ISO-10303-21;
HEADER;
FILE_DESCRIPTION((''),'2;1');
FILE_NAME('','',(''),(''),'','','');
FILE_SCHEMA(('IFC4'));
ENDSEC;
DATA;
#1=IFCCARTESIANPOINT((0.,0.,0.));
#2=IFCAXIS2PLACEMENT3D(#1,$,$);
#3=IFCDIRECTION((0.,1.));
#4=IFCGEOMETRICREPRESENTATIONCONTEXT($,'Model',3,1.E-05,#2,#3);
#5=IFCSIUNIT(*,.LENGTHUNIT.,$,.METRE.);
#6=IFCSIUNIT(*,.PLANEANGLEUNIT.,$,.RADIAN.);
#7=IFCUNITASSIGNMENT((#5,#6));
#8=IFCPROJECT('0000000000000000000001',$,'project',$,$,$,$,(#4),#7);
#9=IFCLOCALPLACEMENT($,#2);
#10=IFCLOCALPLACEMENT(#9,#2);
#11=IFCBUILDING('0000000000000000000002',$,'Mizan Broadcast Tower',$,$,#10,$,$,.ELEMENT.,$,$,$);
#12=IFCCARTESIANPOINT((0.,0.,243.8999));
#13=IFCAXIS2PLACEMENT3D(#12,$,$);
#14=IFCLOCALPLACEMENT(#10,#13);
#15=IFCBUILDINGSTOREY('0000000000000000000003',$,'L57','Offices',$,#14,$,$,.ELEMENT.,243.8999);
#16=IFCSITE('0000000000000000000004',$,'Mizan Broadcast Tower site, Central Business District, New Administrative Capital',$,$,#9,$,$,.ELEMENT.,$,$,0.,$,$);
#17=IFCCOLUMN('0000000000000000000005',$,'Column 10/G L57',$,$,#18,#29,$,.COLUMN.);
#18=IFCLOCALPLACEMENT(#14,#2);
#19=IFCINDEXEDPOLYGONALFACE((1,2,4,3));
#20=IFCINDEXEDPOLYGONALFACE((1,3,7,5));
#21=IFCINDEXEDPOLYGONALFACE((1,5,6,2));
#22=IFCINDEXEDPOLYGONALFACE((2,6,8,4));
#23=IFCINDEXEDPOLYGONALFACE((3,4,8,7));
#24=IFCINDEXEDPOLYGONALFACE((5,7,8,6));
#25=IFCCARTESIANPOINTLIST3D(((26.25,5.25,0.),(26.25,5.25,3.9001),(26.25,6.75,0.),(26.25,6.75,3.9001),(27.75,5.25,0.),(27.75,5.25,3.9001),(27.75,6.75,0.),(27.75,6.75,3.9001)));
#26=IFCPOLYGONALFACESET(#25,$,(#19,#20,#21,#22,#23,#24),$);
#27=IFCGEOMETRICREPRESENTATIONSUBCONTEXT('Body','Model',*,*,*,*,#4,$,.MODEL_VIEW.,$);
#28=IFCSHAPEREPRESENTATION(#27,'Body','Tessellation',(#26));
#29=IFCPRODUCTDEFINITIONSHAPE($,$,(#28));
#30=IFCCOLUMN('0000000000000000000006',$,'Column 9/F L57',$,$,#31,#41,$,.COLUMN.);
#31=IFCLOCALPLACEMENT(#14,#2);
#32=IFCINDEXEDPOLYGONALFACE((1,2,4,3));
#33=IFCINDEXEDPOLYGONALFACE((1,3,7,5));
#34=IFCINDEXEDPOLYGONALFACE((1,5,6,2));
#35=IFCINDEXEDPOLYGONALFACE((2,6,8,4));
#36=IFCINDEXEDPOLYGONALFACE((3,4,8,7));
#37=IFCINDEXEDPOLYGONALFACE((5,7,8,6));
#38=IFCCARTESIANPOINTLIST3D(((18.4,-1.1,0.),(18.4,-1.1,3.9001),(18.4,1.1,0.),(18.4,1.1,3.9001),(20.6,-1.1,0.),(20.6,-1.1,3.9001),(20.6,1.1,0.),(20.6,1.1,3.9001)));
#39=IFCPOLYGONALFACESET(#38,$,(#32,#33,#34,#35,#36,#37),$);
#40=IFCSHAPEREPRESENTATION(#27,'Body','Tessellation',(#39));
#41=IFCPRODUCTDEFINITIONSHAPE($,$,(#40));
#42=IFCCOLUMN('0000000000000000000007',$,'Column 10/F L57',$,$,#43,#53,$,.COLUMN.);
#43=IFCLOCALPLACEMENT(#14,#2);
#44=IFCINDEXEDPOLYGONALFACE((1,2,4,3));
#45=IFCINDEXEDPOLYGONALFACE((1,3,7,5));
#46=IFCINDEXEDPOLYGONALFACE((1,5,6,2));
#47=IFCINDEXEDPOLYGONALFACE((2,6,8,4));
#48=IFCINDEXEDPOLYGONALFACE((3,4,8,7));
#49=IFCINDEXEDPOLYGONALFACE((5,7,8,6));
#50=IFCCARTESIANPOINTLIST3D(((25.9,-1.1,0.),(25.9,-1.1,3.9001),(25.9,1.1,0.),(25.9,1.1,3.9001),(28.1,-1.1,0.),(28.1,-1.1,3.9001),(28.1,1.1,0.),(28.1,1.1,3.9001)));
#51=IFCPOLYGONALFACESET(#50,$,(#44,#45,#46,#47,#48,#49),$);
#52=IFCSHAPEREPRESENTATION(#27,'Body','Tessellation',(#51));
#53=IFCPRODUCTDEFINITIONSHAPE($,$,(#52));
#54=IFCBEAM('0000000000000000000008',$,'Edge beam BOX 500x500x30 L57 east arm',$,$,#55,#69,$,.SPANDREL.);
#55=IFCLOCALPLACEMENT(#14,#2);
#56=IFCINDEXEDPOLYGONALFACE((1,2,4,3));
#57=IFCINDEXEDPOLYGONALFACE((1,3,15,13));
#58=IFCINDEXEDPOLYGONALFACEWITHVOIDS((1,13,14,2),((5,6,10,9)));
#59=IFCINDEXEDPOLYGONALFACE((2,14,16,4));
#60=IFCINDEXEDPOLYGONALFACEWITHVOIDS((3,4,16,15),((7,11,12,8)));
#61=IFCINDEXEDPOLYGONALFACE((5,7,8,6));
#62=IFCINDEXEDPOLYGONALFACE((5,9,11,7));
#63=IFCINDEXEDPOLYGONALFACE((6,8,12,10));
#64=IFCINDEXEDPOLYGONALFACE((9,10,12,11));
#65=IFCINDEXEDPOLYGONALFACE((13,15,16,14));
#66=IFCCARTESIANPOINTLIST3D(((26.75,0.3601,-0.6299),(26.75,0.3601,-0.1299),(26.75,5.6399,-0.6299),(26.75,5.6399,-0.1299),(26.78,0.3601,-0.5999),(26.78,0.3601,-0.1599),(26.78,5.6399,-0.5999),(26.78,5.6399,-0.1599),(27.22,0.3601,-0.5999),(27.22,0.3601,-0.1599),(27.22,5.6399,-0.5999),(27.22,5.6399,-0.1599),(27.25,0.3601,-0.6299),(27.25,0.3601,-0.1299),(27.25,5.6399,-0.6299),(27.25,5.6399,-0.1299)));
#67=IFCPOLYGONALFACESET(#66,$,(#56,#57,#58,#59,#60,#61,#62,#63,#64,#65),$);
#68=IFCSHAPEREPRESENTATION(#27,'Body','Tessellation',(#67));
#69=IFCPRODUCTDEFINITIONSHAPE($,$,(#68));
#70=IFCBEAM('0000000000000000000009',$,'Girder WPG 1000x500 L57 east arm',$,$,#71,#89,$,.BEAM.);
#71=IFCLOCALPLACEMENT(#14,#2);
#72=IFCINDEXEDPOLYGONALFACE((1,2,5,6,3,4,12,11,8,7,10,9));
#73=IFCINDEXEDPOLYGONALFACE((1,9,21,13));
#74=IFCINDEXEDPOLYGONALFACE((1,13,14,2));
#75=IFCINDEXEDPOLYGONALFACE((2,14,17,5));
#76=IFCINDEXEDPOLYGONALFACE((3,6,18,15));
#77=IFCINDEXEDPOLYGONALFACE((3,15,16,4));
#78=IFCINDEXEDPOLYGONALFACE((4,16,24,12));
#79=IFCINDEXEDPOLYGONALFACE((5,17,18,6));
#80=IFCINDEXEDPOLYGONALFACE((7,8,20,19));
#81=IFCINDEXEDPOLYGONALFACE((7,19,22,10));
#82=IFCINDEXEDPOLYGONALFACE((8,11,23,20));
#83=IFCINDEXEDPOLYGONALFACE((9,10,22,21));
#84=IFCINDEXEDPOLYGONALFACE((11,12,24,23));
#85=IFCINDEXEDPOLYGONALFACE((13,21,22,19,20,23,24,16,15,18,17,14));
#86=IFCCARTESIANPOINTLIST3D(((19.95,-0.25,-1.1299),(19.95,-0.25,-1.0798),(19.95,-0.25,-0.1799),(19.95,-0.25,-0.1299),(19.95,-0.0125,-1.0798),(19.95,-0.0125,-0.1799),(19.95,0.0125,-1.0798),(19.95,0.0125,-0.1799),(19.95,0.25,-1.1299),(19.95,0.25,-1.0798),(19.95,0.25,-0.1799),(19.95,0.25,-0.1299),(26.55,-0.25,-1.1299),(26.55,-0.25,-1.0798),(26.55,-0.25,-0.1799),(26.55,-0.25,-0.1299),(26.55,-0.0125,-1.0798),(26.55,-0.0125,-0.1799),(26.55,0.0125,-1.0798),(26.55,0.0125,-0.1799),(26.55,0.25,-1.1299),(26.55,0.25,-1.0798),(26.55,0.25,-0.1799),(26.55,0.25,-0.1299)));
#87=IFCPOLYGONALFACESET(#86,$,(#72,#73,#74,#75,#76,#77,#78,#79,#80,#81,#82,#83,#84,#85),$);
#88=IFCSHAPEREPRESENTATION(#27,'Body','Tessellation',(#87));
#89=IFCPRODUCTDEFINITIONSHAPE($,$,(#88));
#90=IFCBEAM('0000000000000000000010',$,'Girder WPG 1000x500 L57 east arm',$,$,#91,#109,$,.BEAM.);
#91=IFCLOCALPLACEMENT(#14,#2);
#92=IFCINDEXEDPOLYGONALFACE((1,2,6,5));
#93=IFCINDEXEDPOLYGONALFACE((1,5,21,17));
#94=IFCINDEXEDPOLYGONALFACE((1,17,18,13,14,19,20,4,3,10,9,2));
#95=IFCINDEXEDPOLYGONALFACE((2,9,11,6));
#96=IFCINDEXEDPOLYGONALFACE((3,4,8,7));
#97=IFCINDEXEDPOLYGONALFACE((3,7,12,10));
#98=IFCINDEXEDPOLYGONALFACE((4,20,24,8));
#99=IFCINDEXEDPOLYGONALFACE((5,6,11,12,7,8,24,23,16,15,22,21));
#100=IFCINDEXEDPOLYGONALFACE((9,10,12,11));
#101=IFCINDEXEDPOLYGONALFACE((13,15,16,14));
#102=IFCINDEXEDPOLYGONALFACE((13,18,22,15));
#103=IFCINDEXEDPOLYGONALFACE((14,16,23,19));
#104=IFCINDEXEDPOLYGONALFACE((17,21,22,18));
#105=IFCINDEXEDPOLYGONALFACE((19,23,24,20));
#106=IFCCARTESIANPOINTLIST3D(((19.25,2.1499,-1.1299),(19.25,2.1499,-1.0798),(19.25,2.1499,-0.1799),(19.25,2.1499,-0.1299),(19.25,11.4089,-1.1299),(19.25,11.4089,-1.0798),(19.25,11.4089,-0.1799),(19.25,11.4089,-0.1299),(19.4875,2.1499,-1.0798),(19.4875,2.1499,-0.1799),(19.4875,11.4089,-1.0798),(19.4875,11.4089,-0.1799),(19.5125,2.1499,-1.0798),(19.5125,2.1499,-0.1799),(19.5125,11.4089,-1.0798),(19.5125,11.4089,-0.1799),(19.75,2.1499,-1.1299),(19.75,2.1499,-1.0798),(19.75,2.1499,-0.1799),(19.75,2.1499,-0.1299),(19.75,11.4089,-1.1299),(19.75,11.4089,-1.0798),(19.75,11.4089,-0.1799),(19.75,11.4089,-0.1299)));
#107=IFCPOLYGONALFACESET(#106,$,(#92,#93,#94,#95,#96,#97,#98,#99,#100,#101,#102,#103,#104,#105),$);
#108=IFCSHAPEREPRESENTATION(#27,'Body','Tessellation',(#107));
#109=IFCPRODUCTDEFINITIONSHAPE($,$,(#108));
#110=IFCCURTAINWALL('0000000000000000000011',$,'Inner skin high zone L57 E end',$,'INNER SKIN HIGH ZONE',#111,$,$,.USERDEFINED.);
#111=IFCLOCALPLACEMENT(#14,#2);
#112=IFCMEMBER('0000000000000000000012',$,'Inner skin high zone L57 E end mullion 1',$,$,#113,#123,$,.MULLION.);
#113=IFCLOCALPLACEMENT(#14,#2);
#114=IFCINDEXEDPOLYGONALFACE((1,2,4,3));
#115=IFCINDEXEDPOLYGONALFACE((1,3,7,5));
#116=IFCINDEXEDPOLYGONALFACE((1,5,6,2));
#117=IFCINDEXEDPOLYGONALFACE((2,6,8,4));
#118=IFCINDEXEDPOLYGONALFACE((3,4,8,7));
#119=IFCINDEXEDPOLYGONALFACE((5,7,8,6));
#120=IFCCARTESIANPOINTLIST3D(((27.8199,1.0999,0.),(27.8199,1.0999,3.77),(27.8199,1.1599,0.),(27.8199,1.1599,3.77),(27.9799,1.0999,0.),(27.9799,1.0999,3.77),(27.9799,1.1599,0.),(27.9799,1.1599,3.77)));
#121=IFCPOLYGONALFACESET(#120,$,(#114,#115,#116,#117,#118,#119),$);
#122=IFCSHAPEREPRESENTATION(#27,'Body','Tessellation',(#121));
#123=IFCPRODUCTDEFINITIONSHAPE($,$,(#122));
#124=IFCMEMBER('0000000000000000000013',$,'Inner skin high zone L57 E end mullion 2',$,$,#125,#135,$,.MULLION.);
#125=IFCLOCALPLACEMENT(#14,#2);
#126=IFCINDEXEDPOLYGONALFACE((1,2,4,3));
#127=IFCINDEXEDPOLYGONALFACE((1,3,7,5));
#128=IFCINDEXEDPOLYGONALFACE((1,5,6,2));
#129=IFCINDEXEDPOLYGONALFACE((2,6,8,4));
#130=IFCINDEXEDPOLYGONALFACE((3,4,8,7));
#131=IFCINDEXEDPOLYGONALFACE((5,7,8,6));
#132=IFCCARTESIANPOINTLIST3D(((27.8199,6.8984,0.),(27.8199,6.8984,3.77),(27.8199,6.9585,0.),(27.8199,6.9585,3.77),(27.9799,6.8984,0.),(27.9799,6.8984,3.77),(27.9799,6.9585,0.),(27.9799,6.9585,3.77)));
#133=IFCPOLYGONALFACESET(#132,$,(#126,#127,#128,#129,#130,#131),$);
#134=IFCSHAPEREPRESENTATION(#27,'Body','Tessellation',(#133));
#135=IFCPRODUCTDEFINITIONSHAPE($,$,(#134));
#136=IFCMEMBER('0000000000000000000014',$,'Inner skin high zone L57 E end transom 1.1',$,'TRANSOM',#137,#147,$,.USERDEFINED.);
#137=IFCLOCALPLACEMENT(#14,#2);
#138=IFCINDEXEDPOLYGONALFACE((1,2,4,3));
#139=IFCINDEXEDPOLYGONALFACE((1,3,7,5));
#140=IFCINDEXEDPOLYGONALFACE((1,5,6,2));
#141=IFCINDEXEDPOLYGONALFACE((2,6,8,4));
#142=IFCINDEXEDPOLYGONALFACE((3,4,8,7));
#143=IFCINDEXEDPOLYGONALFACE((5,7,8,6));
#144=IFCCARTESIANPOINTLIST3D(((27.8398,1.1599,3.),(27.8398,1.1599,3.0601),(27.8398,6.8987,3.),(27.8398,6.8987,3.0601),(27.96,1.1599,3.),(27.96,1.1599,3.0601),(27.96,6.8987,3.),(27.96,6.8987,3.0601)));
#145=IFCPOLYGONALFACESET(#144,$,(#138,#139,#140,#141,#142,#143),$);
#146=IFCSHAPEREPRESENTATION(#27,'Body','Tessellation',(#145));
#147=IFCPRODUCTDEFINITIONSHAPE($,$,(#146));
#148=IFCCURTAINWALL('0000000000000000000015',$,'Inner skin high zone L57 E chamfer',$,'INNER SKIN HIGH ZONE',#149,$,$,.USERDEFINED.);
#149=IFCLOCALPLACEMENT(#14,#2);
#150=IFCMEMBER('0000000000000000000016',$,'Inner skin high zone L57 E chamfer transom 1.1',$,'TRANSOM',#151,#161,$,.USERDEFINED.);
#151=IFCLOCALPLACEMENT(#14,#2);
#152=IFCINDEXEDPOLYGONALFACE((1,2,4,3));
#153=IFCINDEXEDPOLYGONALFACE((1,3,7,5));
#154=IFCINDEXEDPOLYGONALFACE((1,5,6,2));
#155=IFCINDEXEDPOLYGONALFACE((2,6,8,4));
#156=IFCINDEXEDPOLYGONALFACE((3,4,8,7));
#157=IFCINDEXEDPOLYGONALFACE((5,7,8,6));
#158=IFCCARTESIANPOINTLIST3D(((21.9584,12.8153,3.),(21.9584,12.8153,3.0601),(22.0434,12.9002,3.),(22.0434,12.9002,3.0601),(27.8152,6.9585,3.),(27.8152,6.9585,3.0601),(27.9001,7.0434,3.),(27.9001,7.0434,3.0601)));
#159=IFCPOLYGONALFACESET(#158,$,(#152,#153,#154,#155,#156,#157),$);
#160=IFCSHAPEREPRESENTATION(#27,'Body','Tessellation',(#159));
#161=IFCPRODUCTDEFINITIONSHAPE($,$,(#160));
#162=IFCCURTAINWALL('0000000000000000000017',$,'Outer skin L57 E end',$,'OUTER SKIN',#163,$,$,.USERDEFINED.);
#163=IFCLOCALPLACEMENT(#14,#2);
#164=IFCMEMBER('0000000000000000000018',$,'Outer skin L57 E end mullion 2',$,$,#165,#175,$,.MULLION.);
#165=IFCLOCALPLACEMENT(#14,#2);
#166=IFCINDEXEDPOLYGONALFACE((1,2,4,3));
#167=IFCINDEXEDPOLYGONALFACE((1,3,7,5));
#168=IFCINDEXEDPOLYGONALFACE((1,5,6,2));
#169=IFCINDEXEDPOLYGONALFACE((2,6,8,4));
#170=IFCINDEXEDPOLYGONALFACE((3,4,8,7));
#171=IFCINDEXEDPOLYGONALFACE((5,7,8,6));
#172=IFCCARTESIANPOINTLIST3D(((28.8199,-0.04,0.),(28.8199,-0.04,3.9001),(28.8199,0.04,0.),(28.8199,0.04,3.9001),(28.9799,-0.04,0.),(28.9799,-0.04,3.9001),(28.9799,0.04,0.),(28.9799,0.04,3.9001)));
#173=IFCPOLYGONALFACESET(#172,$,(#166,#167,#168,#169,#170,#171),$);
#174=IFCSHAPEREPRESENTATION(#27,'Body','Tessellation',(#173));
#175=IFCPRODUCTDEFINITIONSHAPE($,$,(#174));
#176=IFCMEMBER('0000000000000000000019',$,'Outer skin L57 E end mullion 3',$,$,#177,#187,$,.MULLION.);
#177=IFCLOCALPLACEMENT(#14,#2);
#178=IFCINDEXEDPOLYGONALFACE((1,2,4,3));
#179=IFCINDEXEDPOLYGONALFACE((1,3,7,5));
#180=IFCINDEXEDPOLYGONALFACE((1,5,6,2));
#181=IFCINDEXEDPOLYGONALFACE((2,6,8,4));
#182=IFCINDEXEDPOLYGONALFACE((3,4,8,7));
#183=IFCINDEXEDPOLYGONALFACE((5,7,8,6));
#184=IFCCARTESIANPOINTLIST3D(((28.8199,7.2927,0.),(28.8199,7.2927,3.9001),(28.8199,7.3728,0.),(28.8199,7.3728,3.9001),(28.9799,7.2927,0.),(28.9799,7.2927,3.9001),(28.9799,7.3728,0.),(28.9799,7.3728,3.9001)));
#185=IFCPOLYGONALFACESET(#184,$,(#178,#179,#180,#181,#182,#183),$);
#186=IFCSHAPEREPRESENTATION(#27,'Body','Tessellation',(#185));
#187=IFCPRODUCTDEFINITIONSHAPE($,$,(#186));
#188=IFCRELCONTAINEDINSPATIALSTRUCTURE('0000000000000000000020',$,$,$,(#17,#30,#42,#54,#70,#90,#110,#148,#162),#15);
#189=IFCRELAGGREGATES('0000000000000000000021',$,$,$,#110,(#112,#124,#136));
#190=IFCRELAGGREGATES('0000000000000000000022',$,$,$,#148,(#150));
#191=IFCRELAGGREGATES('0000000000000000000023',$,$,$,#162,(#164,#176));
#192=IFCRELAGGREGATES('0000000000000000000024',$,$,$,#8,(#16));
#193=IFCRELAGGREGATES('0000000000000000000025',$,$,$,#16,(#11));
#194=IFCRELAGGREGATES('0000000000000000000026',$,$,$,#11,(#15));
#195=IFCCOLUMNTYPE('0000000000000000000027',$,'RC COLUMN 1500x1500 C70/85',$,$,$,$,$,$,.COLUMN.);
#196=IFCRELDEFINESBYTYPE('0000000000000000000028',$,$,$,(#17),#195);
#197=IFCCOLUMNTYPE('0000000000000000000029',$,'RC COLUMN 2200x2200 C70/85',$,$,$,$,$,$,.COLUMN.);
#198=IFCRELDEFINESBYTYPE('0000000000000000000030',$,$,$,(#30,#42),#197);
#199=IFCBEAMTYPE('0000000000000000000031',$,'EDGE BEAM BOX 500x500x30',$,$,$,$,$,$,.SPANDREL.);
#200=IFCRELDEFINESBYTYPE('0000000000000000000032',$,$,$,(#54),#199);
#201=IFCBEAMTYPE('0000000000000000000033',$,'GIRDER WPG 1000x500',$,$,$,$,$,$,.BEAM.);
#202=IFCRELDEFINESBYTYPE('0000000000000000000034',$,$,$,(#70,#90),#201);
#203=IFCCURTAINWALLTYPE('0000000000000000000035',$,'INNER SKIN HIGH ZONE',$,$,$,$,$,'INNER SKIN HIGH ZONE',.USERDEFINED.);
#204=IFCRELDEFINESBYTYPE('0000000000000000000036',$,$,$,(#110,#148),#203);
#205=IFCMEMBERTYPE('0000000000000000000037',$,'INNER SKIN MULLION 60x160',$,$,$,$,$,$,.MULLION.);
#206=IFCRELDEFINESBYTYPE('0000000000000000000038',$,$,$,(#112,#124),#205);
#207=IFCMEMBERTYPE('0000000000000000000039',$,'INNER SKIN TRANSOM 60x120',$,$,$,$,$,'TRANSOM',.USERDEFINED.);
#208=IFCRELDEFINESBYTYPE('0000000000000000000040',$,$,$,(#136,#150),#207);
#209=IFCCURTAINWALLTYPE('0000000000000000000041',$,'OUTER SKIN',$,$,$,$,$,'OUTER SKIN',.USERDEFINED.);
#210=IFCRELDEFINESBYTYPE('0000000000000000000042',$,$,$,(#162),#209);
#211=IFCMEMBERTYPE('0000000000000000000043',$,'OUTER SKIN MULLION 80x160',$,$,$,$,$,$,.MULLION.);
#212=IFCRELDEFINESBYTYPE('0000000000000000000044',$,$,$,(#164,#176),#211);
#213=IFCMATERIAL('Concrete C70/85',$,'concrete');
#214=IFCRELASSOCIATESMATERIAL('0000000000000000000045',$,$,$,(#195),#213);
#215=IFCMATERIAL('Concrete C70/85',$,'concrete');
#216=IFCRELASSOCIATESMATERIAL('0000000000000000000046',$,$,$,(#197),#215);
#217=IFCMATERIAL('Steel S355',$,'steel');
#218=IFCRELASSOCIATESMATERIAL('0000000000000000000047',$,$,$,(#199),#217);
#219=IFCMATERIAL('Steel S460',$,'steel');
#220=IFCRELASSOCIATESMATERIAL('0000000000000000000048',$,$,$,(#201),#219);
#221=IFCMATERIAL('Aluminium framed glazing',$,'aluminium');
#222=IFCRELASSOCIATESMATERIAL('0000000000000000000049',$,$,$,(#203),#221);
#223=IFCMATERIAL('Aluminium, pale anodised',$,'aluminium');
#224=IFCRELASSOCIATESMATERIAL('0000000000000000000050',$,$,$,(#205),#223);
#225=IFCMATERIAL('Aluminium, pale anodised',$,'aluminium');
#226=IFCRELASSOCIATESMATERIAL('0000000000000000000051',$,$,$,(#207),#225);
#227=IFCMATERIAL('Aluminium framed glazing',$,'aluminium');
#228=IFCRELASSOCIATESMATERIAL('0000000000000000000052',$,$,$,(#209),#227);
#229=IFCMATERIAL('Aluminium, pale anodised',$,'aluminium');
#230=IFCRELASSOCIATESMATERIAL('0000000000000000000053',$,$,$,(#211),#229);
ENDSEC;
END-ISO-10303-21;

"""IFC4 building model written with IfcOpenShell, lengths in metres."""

from ifc_helpers import new_model, si_unit, direction, frame, origin, origin_2d, place, context, subcontext, project, spatial, rectangle, hollow_rectangle, i_section, extrude, material, material_profile, profile_set, type_object, element, aggregate, save


model = new_model("IFC4")

# Units and contexts
model_context = context("Model", 3, precision=1e-05, world=origin(), true_north=direction((0.0, 1.0)))
body_context = subcontext(model_context, "Body", "Model", "MODEL_VIEW")
ifc_project = project(units=[si_unit("LENGTHUNIT", "METRE"), si_unit("PLANEANGLEUNIT", "RADIAN")], contexts=[model_context])

# Site, building, storey
site_placement = place(None, origin())
site = spatial("IfcSite", under=ifc_project, at=site_placement, Name="Mizan Broadcast Tower site, Central Business District, New Administrative Capital", CompositionType="ELEMENT", RefElevation=0.0)
building_placement = place(site_placement, origin())
building = spatial("IfcBuilding", under=site, at=building_placement, Name="Mizan Broadcast Tower", CompositionType="ELEMENT")
storey_placement = place(building_placement, frame((0.0, 0.0, 243.8999)))
storey = spatial("IfcBuildingStorey", under=building, at=storey_placement, Name="L57", Description="Offices", CompositionType="ELEMENT", Elevation=243.8999)

# Columns
ifc_material_1 = material(Name="Concrete C70/85", Category="concrete")
ifc_material_profile_1 = material_profile(ifc_material_1, rectangle(XDim=1.5, YDim=1.5, at=origin_2d()), Name="RC 1500x1500")
ifc_profile_set_1 = profile_set([ifc_material_profile_1], Name="Concrete C70/85")
column_type_1 = type_object("IfcColumnType", Name="RC COLUMN 1500x1500 C70/85", PredefinedType="COLUMN", material=ifc_profile_set_1)
column_placement = place(storey_placement, frame((27.0, 6.0, 0.0), z_axis=(0.0, 0.0, 1.0), x_axis=(1.0, 0.0, 0.0)))
element("IfcColumn", 1, at=column_placement, inside=storey, type_object=column_type_1, Name="Column 10/G L57", PredefinedType="COLUMN", context=body_context, shape_type="SweptSolid", body=[
    extrude(rectangle(XDim=1.5, YDim=1.5, at=origin_2d()), origin(), (0.0, 0.0, 1.0), 3.9001),
])
ifc_material_2 = material(Name="Concrete C70/85", Category="concrete")
ifc_material_profile_2 = material_profile(ifc_material_2, rectangle(XDim=2.2, YDim=2.2, at=origin_2d()), Name="RC 2200x2200")
ifc_profile_set_2 = profile_set([ifc_material_profile_2], Name="Concrete C70/85")
column_type_2 = type_object("IfcColumnType", Name="RC COLUMN 2200x2200 C70/85", PredefinedType="COLUMN", material=ifc_profile_set_2)
for number, where, z_axis, x_axis, name in (
    (2, (19.5, 0.0, 0.0), (0.0, 0.0, 1.0), (1.0, 0.0, 0.0), "Column 9/F L57"),
    (3, (27.0, 0.0, 0.0), (0.0, 0.0, 1.0), (1.0, 0.0, 0.0), "Column 10/F L57"),
):
    element("IfcColumn", number, at=place(storey_placement, frame(where, z_axis=z_axis, x_axis=x_axis)), inside=storey, type_object=column_type_2, Name=name, PredefinedType="COLUMN", context=body_context, shape_type="SweptSolid", body=[
        extrude(rectangle(XDim=2.2, YDim=2.2, at=origin_2d()), origin(), (0.0, 0.0, 1.0), 3.9001),
    ])

# Beams
ifc_material_3 = material(Name="Steel S355", Category="steel")
ifc_material_profile_3 = material_profile(ifc_material_3, hollow_rectangle(XDim=0.5, YDim=0.5, WallThickness=0.03, at=origin_2d()), Name="BOX 500x500x30")
ifc_profile_set_3 = profile_set([ifc_material_profile_3], Name="Steel S355")
beam_type_1 = type_object("IfcBeamType", Name="EDGE BEAM BOX 500x500x30", PredefinedType="SPANDREL", material=ifc_profile_set_3)
beam_1_placement = place(storey_placement, frame((27.0, 5.6399, -0.3799), z_axis=(0.0, -1.0, 0.0), x_axis=(1.0, 0.0, 0.0)))
element("IfcBeam", 4, at=beam_1_placement, inside=storey, type_object=beam_type_1, Name="Edge beam BOX 500x500x30 L57 east arm", PredefinedType="SPANDREL", context=body_context, shape_type="SweptSolid", body=[
    extrude(hollow_rectangle(XDim=0.5, YDim=0.5, WallThickness=0.03, at=origin_2d()), origin(), (0.0, 0.0, 1.0), 5.2798),
])
ifc_material_4 = material(Name="Steel S460", Category="steel")
ifc_material_profile_4 = material_profile(ifc_material_4, i_section(OverallWidth=0.5, OverallDepth=1.0, WebThickness=0.0249, FlangeThickness=0.05, at=origin_2d()), Name="WPG 1000x500")
ifc_profile_set_4 = profile_set([ifc_material_profile_4], Name="Steel S460")
beam_type_2 = type_object("IfcBeamType", Name="GIRDER WPG 1000x500", PredefinedType="BEAM", material=ifc_profile_set_4)
beam_2_placement = place(storey_placement, frame((19.95, 0.0, -0.6299), z_axis=(1.0, 0.0, 0.0), x_axis=(0.0, 1.0, 0.0)))
element("IfcBeam", 5, at=beam_2_placement, inside=storey, type_object=beam_type_2, Name="Girder WPG 1000x500 L57 east arm", PredefinedType="BEAM", context=body_context, shape_type="SweptSolid", body=[
    extrude(i_section(OverallWidth=0.5, OverallDepth=1.0, WebThickness=0.0249, FlangeThickness=0.05, at=origin_2d()), origin(), (0.0, 0.0, 1.0), 6.6001),
])
beam_3_placement = place(storey_placement, frame((19.5, 11.4089, -0.6299), z_axis=(0.0, -1.0, 0.0), x_axis=(1.0, 0.0, 0.0)))
element("IfcBeam", 6, at=beam_3_placement, inside=storey, type_object=beam_type_2, Name="Girder WPG 1000x500 L57 east arm", PredefinedType="BEAM", context=body_context, shape_type="SweptSolid", body=[
    extrude(i_section(OverallWidth=0.5, OverallDepth=1.0, WebThickness=0.0249, FlangeThickness=0.05, at=origin_2d()), origin(), (0.0, 0.0, 1.0), 9.259),
])

# Curtain wall, members
ifc_material_5 = material(Name="Aluminium framed glazing", Category="aluminium")
curtain_wall_type_1 = type_object("IfcCurtainWallType", Name="INNER SKIN HIGH ZONE", ElementType="INNER SKIN HIGH ZONE", PredefinedType="USERDEFINED", material=ifc_material_5)
curtain_wall_1_placement = place(storey_placement, origin())
curtain_wall_1 = element("IfcCurtainWall", 7, at=curtain_wall_1_placement, inside=storey, type_object=curtain_wall_type_1, Name="Inner skin high zone L57 E end", ObjectType="INNER SKIN HIGH ZONE", PredefinedType="USERDEFINED")
ifc_material_6 = material(Name="Aluminium, pale anodised", Category="aluminium")
ifc_material_profile_5 = material_profile(ifc_material_6, rectangle(XDim=0.1599, YDim=0.0601, at=origin_2d()), Name="MULLION 160x60")
ifc_profile_set_5 = profile_set([ifc_material_profile_5], Name="Aluminium, pale anodised")
member_type_1 = type_object("IfcMemberType", Name="INNER SKIN MULLION 60x160", PredefinedType="MULLION", material=ifc_profile_set_5)
member_1_placement = place(storey_placement, frame((27.8999, 1.1299, 0.0), z_axis=(0.0, 0.0, 1.0), x_axis=(-1.0, 0.0, 0.0)))
member_1 = element("IfcMember", 8, at=member_1_placement, type_object=member_type_1, Name="Inner skin high zone L57 E end mullion 1", PredefinedType="MULLION", context=body_context, shape_type="SweptSolid", body=[
    extrude(rectangle(XDim=0.1599, YDim=0.0601, at=origin_2d()), origin(), (0.0, 0.0, 1.0), 3.77),
])
member_2_placement = place(storey_placement, frame((27.8999, 6.9285, 0.0), z_axis=(0.0, 0.0, 1.0), x_axis=(-1.0, 0.0, 0.0)))
member_2 = element("IfcMember", 9, at=member_2_placement, type_object=member_type_1, Name="Inner skin high zone L57 E end mullion 2", PredefinedType="MULLION", context=body_context, shape_type="SweptSolid", body=[
    extrude(rectangle(XDim=0.1599, YDim=0.0601, at=origin_2d()), origin(), (0.0, 0.0, 1.0), 3.77),
])
ifc_material_7 = material(Name="Aluminium, pale anodised", Category="aluminium")
ifc_material_profile_6 = material_profile(ifc_material_7, rectangle(XDim=0.1201, YDim=0.0601, at=origin_2d()), Name="TRANSOM 120x60")
ifc_profile_set_6 = profile_set([ifc_material_profile_6], Name="Aluminium, pale anodised")
member_type_2 = type_object("IfcMemberType", Name="INNER SKIN TRANSOM 60x120", ElementType="TRANSOM", PredefinedType="USERDEFINED", material=ifc_profile_set_6)
member_3_placement = place(storey_placement, frame((27.8999, 1.1599, 3.03), z_axis=(0.0, 1.0, 0.0), x_axis=(-1.0, 0.0, 0.0)))
member_3 = element("IfcMember", 10, at=member_3_placement, type_object=member_type_2, Name="Inner skin high zone L57 E end transom 1.1", ObjectType="TRANSOM", PredefinedType="USERDEFINED", context=body_context, shape_type="SweptSolid", body=[
    extrude(rectangle(XDim=0.1201, YDim=0.0601, at=origin_2d()), origin(), (0.0, 0.0, 1.0), 5.7388),
])

# Curtain wall, member
curtain_wall_2_placement = place(storey_placement, origin())
curtain_wall_2 = element("IfcCurtainWall", 11, at=curtain_wall_2_placement, inside=storey, type_object=curtain_wall_type_1, Name="Inner skin high zone L57 E chamfer", ObjectType="INNER SKIN HIGH ZONE", PredefinedType="USERDEFINED")
member_4_placement = place(storey_placement, frame((27.8577, 7.001, 3.03), z_axis=(-0.707107, 0.707107, 0.0), x_axis=(-0.707107, -0.707107, 0.0)))
member_4 = element("IfcMember", 12, at=member_4_placement, type_object=member_type_2, Name="Inner skin high zone L57 E chamfer transom 1.1", ObjectType="TRANSOM", PredefinedType="USERDEFINED", context=body_context, shape_type="SweptSolid", body=[
    extrude(rectangle(XDim=0.1201, YDim=0.0601, at=origin_2d()), origin(), (0.0, 0.0, 1.0), 8.2827),
])

# Curtain wall, members
ifc_material_8 = material(Name="Aluminium framed glazing", Category="aluminium")
curtain_wall_type_2 = type_object("IfcCurtainWallType", Name="OUTER SKIN", ElementType="OUTER SKIN", PredefinedType="USERDEFINED", material=ifc_material_8)
curtain_wall_3_placement = place(storey_placement, origin())
curtain_wall_3 = element("IfcCurtainWall", 13, at=curtain_wall_3_placement, inside=storey, type_object=curtain_wall_type_2, Name="Outer skin L57 E end", ObjectType="OUTER SKIN", PredefinedType="USERDEFINED")
ifc_material_9 = material(Name="Aluminium, pale anodised", Category="aluminium")
ifc_material_profile_7 = material_profile(ifc_material_9, rectangle(XDim=0.1599, YDim=0.0801, at=origin_2d()), Name="MULLION 160x80")
ifc_profile_set_7 = profile_set([ifc_material_profile_7], Name="Aluminium, pale anodised")
member_type_3 = type_object("IfcMemberType", Name="OUTER SKIN MULLION 80x160", PredefinedType="MULLION", material=ifc_profile_set_7)
member_5_placement = place(storey_placement, frame((28.8999, 0.0, 0.0), z_axis=(0.0, 0.0, 1.0), x_axis=(-1.0, 0.0, 0.0)))
member_5 = element("IfcMember", 14, at=member_5_placement, type_object=member_type_3, Name="Outer skin L57 E end mullion 2", PredefinedType="MULLION", context=body_context, shape_type="SweptSolid", body=[
    extrude(rectangle(XDim=0.1599, YDim=0.0801, at=origin_2d()), origin(), (0.0, 0.0, 1.0), 3.9001),
])
member_6_placement = place(storey_placement, frame((28.8999, 7.3328, 0.0), z_axis=(0.0, 0.0, 1.0), x_axis=(-1.0, 0.0, 0.0)))
member_6 = element("IfcMember", 15, at=member_6_placement, type_object=member_type_3, Name="Outer skin L57 E end mullion 3", PredefinedType="MULLION", context=body_context, shape_type="SweptSolid", body=[
    extrude(rectangle(XDim=0.1599, YDim=0.0801, at=origin_2d()), origin(), (0.0, 0.0, 1.0), 3.9001),
])

aggregate(curtain_wall_1, [member_1, member_2, member_3])
aggregate(curtain_wall_2, [member_4])
aggregate(curtain_wall_3, [member_5, member_6])

save(model, "model.ifc")
